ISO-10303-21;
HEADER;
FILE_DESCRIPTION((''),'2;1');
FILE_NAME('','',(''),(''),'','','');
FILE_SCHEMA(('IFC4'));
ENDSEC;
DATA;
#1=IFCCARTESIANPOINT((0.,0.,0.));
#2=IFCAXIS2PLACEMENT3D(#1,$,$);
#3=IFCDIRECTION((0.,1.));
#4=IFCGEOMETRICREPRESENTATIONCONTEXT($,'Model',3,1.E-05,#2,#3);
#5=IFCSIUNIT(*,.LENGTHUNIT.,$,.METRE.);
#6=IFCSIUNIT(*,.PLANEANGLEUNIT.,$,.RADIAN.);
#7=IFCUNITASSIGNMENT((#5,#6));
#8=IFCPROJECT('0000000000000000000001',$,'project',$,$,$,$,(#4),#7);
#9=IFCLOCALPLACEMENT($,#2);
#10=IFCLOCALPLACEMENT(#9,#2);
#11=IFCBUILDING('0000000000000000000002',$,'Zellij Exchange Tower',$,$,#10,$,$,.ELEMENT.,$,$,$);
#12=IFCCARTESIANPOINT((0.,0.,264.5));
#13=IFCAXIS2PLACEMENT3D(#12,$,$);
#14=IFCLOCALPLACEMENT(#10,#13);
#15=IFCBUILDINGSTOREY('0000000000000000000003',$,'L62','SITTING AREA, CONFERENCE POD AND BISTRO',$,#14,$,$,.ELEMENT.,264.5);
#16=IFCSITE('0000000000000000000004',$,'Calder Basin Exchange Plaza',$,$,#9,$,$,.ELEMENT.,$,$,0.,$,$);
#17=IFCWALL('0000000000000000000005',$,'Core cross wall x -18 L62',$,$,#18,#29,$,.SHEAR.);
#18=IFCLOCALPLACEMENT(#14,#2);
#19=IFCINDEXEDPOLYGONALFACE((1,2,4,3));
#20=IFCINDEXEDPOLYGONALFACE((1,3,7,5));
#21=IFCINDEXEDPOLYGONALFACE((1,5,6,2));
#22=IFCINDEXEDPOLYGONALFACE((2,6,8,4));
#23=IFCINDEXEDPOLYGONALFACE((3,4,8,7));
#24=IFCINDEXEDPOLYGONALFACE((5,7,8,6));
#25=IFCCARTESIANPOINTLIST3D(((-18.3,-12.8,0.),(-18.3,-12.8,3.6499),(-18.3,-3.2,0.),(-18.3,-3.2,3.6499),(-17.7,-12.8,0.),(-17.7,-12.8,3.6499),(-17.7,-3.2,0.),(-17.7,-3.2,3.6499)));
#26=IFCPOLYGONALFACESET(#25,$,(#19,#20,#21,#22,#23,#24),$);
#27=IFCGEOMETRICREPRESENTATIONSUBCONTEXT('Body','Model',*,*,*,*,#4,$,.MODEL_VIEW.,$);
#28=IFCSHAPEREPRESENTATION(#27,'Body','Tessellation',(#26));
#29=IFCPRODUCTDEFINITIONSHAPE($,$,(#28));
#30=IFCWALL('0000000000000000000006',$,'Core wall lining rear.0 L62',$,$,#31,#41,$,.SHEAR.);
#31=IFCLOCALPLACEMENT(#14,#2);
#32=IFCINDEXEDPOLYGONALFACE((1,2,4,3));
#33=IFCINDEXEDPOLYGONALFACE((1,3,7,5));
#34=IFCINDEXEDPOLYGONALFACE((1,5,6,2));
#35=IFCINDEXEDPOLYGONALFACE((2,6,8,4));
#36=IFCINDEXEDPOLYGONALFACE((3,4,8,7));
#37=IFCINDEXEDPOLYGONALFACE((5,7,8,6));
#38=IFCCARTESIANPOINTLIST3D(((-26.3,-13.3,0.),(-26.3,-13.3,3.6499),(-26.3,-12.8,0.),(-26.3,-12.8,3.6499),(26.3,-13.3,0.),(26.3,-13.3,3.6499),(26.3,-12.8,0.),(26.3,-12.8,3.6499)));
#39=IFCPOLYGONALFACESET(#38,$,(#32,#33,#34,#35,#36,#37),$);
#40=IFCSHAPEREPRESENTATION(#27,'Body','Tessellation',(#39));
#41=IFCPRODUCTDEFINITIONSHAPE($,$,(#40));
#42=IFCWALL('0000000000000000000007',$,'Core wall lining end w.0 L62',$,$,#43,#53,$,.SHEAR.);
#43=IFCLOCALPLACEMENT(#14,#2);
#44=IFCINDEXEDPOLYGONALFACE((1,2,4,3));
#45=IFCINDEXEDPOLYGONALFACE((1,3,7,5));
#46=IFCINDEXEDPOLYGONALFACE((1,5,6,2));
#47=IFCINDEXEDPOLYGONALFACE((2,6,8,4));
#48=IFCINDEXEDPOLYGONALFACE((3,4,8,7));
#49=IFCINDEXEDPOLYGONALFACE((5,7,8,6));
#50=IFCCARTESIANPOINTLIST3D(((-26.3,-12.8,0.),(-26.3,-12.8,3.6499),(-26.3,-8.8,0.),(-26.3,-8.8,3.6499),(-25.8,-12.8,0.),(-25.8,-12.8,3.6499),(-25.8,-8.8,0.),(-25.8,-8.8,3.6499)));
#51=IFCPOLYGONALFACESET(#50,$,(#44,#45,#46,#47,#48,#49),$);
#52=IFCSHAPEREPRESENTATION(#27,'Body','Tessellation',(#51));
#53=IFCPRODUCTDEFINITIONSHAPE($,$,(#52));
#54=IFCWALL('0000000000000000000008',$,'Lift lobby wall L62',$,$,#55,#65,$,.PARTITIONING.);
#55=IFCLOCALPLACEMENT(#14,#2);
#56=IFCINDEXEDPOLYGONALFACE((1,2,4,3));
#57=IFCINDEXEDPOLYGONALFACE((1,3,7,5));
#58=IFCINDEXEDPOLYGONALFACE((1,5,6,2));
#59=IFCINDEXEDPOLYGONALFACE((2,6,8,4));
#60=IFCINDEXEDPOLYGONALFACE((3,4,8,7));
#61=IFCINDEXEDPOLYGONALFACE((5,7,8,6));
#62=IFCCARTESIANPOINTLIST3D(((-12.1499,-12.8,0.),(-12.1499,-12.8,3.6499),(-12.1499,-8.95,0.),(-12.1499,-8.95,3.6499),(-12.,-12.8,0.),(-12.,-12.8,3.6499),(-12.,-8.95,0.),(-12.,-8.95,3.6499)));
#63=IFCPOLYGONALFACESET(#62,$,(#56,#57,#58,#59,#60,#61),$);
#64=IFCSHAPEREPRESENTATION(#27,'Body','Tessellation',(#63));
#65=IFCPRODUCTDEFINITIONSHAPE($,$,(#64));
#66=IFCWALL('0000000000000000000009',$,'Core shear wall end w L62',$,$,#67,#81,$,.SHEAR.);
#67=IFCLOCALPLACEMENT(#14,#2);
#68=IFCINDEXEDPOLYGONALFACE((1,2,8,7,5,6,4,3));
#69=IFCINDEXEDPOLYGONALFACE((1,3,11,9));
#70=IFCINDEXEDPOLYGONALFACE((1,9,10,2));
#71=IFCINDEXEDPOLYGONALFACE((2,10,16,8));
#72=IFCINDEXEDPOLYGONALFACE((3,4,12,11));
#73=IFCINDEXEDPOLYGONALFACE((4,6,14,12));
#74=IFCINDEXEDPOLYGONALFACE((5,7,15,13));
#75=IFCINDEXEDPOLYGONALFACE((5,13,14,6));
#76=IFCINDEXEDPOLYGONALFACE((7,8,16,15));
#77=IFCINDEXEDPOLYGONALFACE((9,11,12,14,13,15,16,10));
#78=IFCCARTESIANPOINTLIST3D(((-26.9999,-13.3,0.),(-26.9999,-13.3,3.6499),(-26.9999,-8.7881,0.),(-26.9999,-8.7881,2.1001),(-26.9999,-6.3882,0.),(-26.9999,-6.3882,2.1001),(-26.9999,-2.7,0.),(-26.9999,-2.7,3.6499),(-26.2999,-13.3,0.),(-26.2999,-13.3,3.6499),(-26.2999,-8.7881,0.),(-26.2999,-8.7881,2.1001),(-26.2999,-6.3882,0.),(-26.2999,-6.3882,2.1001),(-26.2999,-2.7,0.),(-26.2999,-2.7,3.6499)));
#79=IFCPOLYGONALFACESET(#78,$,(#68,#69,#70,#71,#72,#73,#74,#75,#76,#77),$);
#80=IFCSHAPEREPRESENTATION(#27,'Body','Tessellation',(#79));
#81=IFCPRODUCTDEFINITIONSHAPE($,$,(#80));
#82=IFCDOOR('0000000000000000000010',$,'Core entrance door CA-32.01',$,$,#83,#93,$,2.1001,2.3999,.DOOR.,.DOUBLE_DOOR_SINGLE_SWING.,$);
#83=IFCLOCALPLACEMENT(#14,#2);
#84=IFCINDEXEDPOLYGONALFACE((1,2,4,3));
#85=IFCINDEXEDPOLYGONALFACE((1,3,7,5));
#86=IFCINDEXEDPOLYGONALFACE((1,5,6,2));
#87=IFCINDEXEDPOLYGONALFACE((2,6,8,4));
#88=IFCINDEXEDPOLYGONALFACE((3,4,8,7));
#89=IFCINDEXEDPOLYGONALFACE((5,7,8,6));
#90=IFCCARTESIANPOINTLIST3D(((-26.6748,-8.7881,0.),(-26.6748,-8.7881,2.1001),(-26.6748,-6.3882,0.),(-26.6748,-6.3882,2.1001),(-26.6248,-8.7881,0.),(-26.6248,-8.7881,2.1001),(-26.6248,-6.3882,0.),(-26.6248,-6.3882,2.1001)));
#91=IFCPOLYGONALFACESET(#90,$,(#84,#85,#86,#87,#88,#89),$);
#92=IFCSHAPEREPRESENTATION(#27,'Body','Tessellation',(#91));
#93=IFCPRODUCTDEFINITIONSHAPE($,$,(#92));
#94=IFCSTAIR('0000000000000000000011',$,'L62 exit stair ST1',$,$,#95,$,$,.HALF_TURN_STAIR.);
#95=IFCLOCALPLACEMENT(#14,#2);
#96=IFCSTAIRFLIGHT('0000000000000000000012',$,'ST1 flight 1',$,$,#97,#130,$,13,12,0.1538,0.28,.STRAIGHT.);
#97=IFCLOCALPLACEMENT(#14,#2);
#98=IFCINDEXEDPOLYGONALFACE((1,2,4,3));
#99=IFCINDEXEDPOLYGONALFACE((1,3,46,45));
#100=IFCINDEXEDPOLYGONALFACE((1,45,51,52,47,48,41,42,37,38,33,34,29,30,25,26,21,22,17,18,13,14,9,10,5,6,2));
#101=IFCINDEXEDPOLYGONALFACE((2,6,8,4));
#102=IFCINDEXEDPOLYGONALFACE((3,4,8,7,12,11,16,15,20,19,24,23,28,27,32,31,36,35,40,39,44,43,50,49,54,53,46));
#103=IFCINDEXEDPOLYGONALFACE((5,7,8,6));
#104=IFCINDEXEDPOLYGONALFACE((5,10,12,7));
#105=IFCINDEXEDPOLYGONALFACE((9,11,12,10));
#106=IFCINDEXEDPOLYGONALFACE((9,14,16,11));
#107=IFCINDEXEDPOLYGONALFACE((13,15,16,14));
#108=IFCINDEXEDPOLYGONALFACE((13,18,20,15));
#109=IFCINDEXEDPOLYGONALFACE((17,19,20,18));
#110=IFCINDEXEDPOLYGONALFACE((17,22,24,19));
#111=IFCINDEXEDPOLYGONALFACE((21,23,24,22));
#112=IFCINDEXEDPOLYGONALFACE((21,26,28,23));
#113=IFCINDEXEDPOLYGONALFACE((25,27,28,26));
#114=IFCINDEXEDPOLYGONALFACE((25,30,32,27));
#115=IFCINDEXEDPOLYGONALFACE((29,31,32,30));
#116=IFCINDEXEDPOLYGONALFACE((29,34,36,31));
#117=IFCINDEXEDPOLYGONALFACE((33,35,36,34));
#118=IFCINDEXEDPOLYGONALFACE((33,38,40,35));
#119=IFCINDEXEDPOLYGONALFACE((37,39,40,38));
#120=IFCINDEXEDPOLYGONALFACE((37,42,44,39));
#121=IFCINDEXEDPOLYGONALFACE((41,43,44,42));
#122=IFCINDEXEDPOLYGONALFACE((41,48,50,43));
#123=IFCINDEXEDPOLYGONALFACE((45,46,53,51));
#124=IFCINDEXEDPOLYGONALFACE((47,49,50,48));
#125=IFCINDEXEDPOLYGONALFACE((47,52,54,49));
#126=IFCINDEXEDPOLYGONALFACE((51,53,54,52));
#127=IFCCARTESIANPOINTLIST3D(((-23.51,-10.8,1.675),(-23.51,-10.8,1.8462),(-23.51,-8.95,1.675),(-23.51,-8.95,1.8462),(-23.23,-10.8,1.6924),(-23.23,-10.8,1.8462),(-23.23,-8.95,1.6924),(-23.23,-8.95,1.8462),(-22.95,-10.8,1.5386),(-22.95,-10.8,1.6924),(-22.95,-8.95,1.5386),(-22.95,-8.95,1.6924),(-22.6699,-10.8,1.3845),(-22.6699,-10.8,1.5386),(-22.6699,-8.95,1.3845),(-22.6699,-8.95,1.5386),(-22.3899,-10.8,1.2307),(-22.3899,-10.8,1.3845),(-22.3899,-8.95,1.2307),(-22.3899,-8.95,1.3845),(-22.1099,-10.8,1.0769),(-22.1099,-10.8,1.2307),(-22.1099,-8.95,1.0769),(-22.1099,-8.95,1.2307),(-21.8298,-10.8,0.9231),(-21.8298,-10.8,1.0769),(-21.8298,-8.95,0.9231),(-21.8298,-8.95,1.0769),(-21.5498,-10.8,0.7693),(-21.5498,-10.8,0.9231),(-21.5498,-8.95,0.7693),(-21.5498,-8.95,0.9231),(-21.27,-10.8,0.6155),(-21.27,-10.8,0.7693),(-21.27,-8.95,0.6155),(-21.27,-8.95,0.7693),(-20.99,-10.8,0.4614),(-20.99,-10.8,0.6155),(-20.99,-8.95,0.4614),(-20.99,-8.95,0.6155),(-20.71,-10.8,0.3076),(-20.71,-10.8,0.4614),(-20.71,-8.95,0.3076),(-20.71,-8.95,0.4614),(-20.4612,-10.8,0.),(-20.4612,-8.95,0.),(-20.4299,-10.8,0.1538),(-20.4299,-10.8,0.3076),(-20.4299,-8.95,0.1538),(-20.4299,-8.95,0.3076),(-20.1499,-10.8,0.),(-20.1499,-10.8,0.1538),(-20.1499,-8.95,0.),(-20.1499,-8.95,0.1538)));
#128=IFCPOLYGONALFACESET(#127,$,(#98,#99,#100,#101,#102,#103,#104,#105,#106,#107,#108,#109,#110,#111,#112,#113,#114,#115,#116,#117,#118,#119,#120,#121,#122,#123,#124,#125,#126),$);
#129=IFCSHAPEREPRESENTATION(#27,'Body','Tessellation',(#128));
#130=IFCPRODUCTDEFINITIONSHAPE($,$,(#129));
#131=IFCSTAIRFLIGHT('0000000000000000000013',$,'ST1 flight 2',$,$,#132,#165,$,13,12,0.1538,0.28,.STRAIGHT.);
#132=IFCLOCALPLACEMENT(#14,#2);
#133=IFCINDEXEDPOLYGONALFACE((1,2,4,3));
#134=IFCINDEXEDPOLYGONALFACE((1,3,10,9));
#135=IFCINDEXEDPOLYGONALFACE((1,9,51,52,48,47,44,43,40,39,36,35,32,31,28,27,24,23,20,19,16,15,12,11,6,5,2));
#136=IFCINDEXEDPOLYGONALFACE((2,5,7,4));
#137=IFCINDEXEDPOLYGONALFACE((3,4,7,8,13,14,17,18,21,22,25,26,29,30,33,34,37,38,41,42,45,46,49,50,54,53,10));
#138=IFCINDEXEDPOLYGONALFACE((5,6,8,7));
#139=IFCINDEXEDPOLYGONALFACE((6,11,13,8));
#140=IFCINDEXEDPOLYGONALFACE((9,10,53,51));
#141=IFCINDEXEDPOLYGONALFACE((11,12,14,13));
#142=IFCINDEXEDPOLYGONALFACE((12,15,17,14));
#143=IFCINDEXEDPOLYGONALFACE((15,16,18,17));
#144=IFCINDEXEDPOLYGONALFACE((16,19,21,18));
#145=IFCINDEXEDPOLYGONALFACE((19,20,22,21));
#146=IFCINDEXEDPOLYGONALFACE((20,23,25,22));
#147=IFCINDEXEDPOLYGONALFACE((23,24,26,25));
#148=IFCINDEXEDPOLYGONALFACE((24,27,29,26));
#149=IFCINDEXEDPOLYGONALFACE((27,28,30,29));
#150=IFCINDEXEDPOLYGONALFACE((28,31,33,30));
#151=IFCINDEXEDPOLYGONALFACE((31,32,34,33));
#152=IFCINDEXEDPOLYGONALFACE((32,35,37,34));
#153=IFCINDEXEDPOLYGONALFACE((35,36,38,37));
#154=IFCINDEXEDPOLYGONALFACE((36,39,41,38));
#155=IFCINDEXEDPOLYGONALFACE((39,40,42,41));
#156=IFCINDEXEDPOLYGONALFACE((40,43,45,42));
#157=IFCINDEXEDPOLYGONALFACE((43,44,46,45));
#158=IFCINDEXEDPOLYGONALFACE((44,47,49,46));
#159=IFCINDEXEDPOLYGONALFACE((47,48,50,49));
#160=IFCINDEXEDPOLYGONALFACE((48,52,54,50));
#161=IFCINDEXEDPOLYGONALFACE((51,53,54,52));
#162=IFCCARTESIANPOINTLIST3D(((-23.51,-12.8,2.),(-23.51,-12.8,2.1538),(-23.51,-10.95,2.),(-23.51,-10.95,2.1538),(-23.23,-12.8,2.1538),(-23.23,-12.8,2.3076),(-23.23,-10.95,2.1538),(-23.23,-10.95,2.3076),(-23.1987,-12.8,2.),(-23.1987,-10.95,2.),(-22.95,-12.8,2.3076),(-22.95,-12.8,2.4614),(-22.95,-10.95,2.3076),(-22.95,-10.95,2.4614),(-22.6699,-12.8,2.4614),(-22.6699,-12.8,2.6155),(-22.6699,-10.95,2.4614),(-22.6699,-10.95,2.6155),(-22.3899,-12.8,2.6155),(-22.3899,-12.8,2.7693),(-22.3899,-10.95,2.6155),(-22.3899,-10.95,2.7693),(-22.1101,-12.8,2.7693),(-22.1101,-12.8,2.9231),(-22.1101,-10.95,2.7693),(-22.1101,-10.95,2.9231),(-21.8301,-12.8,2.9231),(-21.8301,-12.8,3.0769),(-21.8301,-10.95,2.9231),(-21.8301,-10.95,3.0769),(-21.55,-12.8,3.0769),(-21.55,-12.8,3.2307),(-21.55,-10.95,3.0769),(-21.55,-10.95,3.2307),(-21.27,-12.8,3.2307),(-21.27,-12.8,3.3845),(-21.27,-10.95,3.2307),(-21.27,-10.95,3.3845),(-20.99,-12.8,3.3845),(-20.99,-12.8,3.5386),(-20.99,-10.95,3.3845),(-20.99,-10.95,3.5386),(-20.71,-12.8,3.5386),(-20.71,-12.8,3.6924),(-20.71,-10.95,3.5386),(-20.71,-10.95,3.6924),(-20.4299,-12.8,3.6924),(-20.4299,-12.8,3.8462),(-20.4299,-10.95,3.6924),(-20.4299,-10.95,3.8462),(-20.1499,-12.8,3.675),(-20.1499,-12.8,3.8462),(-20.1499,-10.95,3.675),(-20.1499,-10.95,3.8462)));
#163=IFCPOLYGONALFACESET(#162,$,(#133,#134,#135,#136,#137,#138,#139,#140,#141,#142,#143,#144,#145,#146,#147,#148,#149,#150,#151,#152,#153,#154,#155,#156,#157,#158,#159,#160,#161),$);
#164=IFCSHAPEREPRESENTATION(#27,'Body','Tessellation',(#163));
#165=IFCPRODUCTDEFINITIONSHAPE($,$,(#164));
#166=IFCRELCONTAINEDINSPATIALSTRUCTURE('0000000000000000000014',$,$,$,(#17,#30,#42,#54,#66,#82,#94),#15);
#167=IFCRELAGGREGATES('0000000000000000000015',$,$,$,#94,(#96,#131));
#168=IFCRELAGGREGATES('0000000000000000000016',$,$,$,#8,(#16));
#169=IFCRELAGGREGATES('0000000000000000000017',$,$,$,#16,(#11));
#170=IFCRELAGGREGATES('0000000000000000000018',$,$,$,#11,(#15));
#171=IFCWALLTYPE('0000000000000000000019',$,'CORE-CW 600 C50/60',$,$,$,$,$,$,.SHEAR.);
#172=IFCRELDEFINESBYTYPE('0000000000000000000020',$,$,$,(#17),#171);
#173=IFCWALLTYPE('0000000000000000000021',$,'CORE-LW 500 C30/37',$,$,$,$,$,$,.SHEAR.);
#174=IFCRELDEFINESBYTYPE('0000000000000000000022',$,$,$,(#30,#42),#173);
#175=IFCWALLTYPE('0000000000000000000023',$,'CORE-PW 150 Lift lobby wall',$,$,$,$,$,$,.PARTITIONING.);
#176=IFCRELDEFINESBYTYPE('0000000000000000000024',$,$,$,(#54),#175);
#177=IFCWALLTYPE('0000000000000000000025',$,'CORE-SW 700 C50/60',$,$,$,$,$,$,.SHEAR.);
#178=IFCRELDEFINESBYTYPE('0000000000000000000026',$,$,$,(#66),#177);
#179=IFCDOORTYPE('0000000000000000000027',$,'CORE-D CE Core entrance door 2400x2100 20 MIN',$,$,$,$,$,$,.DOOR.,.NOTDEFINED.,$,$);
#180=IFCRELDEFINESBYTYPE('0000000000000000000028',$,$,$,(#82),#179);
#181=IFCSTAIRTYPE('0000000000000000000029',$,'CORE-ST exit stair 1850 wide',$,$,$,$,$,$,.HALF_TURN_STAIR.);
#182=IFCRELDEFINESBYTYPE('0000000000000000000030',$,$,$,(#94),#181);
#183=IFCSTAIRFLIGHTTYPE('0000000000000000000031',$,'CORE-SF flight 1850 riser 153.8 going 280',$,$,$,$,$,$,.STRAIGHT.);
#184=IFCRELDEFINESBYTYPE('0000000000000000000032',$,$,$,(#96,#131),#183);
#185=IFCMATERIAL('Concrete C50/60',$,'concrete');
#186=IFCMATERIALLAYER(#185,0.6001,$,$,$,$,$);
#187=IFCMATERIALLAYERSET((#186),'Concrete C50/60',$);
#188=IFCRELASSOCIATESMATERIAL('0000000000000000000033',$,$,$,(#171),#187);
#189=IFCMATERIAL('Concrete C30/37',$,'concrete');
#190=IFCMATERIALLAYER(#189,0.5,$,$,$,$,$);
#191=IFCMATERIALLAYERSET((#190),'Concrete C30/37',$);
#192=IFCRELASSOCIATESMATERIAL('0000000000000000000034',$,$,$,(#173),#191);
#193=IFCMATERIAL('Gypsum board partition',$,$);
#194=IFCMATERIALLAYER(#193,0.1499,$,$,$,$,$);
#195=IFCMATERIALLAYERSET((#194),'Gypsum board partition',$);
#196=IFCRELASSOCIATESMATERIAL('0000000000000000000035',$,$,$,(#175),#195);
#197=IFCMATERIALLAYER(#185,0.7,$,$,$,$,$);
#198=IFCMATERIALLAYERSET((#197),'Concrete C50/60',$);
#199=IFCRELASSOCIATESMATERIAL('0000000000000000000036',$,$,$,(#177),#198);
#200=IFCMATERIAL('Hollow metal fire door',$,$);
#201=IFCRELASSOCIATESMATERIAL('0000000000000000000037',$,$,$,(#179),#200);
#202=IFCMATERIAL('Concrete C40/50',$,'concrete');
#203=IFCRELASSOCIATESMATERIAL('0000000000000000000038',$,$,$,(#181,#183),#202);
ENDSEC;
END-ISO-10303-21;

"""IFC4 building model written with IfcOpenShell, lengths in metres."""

from ifc_helpers import new_model, si_unit, direction, frame, frame_2d, origin, place, context, subcontext, project, spatial, polyline, rectangle, outline, extrude, material, layer, layer_set, type_object, element, fill, aggregate, save


model = new_model("IFC4")

# Units and contexts
model_context = context("Model", 3, precision=1e-05, world=origin(), true_north=direction((0.0, 1.0)))
body_context = subcontext(model_context, "Body", "Model", "MODEL_VIEW")
ifc_project = project(units=[si_unit("LENGTHUNIT", "METRE"), si_unit("PLANEANGLEUNIT", "RADIAN")], contexts=[model_context])

# Site, building, storey
site_placement = place(None, origin())
site = spatial("IfcSite", under=ifc_project, at=site_placement, Name="Calder Basin Exchange Plaza", CompositionType="ELEMENT", RefElevation=0.0)
building_placement = place(site_placement, origin())
building = spatial("IfcBuilding", under=site, at=building_placement, Name="Zellij Exchange Tower", CompositionType="ELEMENT")
storey_placement = place(building_placement, frame((0.0, 0.0, 264.5)))
storey = spatial("IfcBuildingStorey", under=building, at=storey_placement, Name="L62", Description="SITTING AREA, CONFERENCE POD AND BISTRO", CompositionType="ELEMENT", Elevation=264.5)

# Walls
ifc_material_1 = material(Name="Concrete C50/60", Category="concrete")
ifc_layer_1 = layer(ifc_material_1, 0.6001)
ifc_layer_set_1 = layer_set([ifc_layer_1], Name="Concrete C50/60")
wall_type_1 = type_object("IfcWallType", Name="CORE-CW 600 C50/60", PredefinedType="SHEAR", material=ifc_layer_set_1)
wall_1_placement = place(storey_placement, frame((-18.0, -12.8, 0.0), z_axis=(0.0, 0.0, 1.0), x_axis=(0.0, 1.0, 0.0)))
element("IfcWall", 1, at=wall_1_placement, inside=storey, type_object=wall_type_1, Name="Core cross wall x -18 L62", PredefinedType="SHEAR", context=body_context, shape_type="SweptSolid", body=[
    extrude(rectangle(XDim=9.6001, YDim=0.6001, at=frame_2d((4.8, 0.0))), origin(), (0.0, 0.0, 1.0), 3.6499),
])
ifc_material_2 = material(Name="Concrete C30/37", Category="concrete")
ifc_layer_2 = layer(ifc_material_2, 0.5)
ifc_layer_set_2 = layer_set([ifc_layer_2], Name="Concrete C30/37")
wall_type_2 = type_object("IfcWallType", Name="CORE-LW 500 C30/37", PredefinedType="SHEAR", material=ifc_layer_set_2)
wall_2_placement = place(storey_placement, frame((-26.3, -13.05, 0.0), z_axis=(0.0, 0.0, 1.0), x_axis=(1.0, 0.0, 0.0)))
element("IfcWall", 2, at=wall_2_placement, inside=storey, type_object=wall_type_2, Name="Core wall lining rear.0 L62", PredefinedType="SHEAR", context=body_context, shape_type="SweptSolid", body=[
    extrude(rectangle(XDim=52.6001, YDim=0.5, at=frame_2d((26.3, 0.0))), origin(), (0.0, 0.0, 1.0), 3.6499),
])
wall_3_placement = place(storey_placement, frame((-26.05, -12.8, 0.0), z_axis=(0.0, 0.0, 1.0), x_axis=(0.0, 1.0, 0.0)))
element("IfcWall", 3, at=wall_3_placement, inside=storey, type_object=wall_type_2, Name="Core wall lining end w.0 L62", PredefinedType="SHEAR", context=body_context, shape_type="SweptSolid", body=[
    extrude(rectangle(XDim=4.0, YDim=0.5, at=frame_2d((2.0, 0.0))), origin(), (0.0, 0.0, 1.0), 3.6499),
])
ifc_material_3 = material(Name="Gypsum board partition")
ifc_layer_3 = layer(ifc_material_3, 0.1499)
ifc_layer_set_3 = layer_set([ifc_layer_3], Name="Gypsum board partition")
wall_type_3 = type_object("IfcWallType", Name="CORE-PW 150 Lift lobby wall", PredefinedType="PARTITIONING", material=ifc_layer_set_3)
wall_4_placement = place(storey_placement, frame((-12.075, -12.8, 0.0), z_axis=(0.0, 0.0, 1.0), x_axis=(0.0, 1.0, 0.0)))
element("IfcWall", 4, at=wall_4_placement, inside=storey, type_object=wall_type_3, Name="Lift lobby wall L62", PredefinedType="PARTITIONING", context=body_context, shape_type="SweptSolid", body=[
    extrude(rectangle(XDim=3.8501, YDim=0.1499, at=frame_2d((1.925, 0.0))), origin(), (0.0, 0.0, 1.0), 3.6499),
])

# Wall, opening, door
ifc_layer_4 = layer(ifc_material_1, 0.7)
ifc_layer_set_4 = layer_set([ifc_layer_4], Name="Concrete C50/60")
wall_type_4 = type_object("IfcWallType", Name="CORE-SW 700 C50/60", PredefinedType="SHEAR", material=ifc_layer_set_4)
wall_5_placement = place(storey_placement, frame((-26.6499, -13.3, 0.0), z_axis=(0.0, 0.0, 1.0), x_axis=(0.0, 1.0, 0.0)))
wall_5 = element("IfcWall", 5, at=wall_5_placement, inside=storey, type_object=wall_type_4, Name="Core shear wall end w L62", PredefinedType="SHEAR", context=body_context, shape_type="SweptSolid", body=[
    extrude(rectangle(XDim=10.6001, YDim=0.7, at=frame_2d((5.3, 0.0))), origin(), (0.0, 0.0, 1.0), 3.6499),
])
opening_placement = place(wall_5_placement, frame((4.512, 0.0, 0.0)))
opening = element("IfcOpeningElement", 6, at=opening_placement, cuts=wall_5, PredefinedType="OPENING", context=body_context, shape_type="SweptSolid", body=[
    extrude(rectangle(XDim=2.3999, YDim=2.1001, at=frame_2d((1.2, 1.05))), frame((0.0, 0.3618, 0.0), z_axis=(0.0, -1.0, 0.0), x_axis=(1.0, 0.0, 0.0)), (0.0, 0.0, 1.0), 0.7239),
])
ifc_material_4 = material(Name="Hollow metal fire door")
door_type = type_object("IfcDoorType", Name="CORE-D CE Core entrance door 2400x2100 20 MIN", OperationType="NOTDEFINED", PredefinedType="DOOR", material=ifc_material_4)
door_placement = place(opening_placement, origin())
door = element("IfcDoor", 7, at=door_placement, inside=storey, type_object=door_type, Name="Core entrance door CA-32.01", OperationType="DOUBLE_DOOR_SINGLE_SWING", OverallHeight=2.1001, OverallWidth=2.3999, PredefinedType="DOOR", context=body_context, shape_type="SweptSolid", body=[
    extrude(rectangle(XDim=2.3999, YDim=2.1001, at=frame_2d((1.2, 1.05))), frame((0.0, 0.0249, 0.0), z_axis=(0.0, -1.0, 0.0), x_axis=(1.0, 0.0, 0.0)), (0.0, 0.0, 1.0), 0.05),
])
fill(opening, door)

# Stair, stair flights
ifc_material_5 = material(Name="Concrete C40/50", Category="concrete")
stair_type = type_object("IfcStairType", Name="CORE-ST exit stair 1850 wide", PredefinedType="HALF_TURN_STAIR", material=ifc_material_5)
stair_placement = place(storey_placement, origin())
stair = element("IfcStair", 8, at=stair_placement, inside=storey, type_object=stair_type, Name="L62 exit stair ST1", PredefinedType="HALF_TURN_STAIR")
stair_flight_type = type_object("IfcStairFlightType", Name="CORE-SF flight 1850 riser 153.8 going 280", PredefinedType="STRAIGHT", material=ifc_material_5)
stair_flight_1_placement = place(storey_placement, frame((-20.1499, -9.875, 0.0), z_axis=(0.0, 0.0, 1.0), x_axis=(-1.0, 0.0, 0.0)))
stair_flight_1 = element("IfcStairFlight", 9, at=stair_flight_1_placement, type_object=stair_flight_type, Name="ST1 flight 1", NumberOfRisers=13, NumberOfTreads=12, PredefinedType="STRAIGHT", RiserHeight=0.1538, TreadLength=0.28, context=body_context, shape_type="SweptSolid", body=[
    extrude(outline(polyline([(0.0, 0.0), (0.0, 0.1538), (0.28, 0.1538), (0.28, 0.3076), (0.5601, 0.3076), (0.5601, 0.4614), (0.8401, 0.4614), (0.8401, 0.6155), (1.1201, 0.6155), (1.1201, 0.7693), (1.3999, 0.7693), (1.3999, 0.9231), (1.6799, 0.9231), (1.6799, 1.0769), (1.96, 1.0769), (1.96, 1.2307), (2.24, 1.2307), (2.24, 1.3845), (2.52, 1.3845), (2.52, 1.5386), (2.8, 1.5386), (2.8, 1.6924), (3.0801, 1.6924), (3.0801, 1.8462), (3.3601, 1.8462), (3.3601, 2.0), (3.3601, 1.675), (0.3113, 0.0), (0.0, 0.0)])), frame((0.0, 0.925, 0.0), z_axis=(0.0, -1.0, 0.0), x_axis=(1.0, 0.0, 0.0)), (0.0, 0.0, 1.0), 1.8501),
])
stair_flight_2_placement = place(storey_placement, frame((-23.51, -11.875, 2.0), z_axis=(0.0, 0.0, 1.0), x_axis=(1.0, 0.0, 0.0)))
stair_flight_2 = element("IfcStairFlight", 10, at=stair_flight_2_placement, type_object=stair_flight_type, Name="ST1 flight 2", NumberOfRisers=13, NumberOfTreads=12, PredefinedType="STRAIGHT", RiserHeight=0.1538, TreadLength=0.28, context=body_context, shape_type="SweptSolid", body=[
    extrude(outline(polyline([(0.0, 0.0), (0.0, 0.1538), (0.28, 0.1538), (0.28, 0.3076), (0.5601, 0.3076), (0.5601, 0.4614), (0.8401, 0.4614), (0.8401, 0.6155), (1.1201, 0.6155), (1.1201, 0.7693), (1.3999, 0.7693), (1.3999, 0.9231), (1.6799, 0.9231), (1.6799, 1.0769), (1.96, 1.0769), (1.96, 1.2307), (2.24, 1.2307), (2.24, 1.3845), (2.52, 1.3845), (2.52, 1.5386), (2.8, 1.5386), (2.8, 1.6924), (3.0801, 1.6924), (3.0801, 1.8462), (3.3601, 1.8462), (3.3601, 2.0), (3.3601, 1.675), (0.3113, 0.0), (0.0, 0.0)])), frame((0.0, 0.925, 0.0), z_axis=(0.0, -1.0, 0.0), x_axis=(1.0, 0.0, 0.0)), (0.0, 0.0, 1.0), 1.8501),
])
aggregate(stair, [stair_flight_1, stair_flight_2])

save(model, "model.ifc")
